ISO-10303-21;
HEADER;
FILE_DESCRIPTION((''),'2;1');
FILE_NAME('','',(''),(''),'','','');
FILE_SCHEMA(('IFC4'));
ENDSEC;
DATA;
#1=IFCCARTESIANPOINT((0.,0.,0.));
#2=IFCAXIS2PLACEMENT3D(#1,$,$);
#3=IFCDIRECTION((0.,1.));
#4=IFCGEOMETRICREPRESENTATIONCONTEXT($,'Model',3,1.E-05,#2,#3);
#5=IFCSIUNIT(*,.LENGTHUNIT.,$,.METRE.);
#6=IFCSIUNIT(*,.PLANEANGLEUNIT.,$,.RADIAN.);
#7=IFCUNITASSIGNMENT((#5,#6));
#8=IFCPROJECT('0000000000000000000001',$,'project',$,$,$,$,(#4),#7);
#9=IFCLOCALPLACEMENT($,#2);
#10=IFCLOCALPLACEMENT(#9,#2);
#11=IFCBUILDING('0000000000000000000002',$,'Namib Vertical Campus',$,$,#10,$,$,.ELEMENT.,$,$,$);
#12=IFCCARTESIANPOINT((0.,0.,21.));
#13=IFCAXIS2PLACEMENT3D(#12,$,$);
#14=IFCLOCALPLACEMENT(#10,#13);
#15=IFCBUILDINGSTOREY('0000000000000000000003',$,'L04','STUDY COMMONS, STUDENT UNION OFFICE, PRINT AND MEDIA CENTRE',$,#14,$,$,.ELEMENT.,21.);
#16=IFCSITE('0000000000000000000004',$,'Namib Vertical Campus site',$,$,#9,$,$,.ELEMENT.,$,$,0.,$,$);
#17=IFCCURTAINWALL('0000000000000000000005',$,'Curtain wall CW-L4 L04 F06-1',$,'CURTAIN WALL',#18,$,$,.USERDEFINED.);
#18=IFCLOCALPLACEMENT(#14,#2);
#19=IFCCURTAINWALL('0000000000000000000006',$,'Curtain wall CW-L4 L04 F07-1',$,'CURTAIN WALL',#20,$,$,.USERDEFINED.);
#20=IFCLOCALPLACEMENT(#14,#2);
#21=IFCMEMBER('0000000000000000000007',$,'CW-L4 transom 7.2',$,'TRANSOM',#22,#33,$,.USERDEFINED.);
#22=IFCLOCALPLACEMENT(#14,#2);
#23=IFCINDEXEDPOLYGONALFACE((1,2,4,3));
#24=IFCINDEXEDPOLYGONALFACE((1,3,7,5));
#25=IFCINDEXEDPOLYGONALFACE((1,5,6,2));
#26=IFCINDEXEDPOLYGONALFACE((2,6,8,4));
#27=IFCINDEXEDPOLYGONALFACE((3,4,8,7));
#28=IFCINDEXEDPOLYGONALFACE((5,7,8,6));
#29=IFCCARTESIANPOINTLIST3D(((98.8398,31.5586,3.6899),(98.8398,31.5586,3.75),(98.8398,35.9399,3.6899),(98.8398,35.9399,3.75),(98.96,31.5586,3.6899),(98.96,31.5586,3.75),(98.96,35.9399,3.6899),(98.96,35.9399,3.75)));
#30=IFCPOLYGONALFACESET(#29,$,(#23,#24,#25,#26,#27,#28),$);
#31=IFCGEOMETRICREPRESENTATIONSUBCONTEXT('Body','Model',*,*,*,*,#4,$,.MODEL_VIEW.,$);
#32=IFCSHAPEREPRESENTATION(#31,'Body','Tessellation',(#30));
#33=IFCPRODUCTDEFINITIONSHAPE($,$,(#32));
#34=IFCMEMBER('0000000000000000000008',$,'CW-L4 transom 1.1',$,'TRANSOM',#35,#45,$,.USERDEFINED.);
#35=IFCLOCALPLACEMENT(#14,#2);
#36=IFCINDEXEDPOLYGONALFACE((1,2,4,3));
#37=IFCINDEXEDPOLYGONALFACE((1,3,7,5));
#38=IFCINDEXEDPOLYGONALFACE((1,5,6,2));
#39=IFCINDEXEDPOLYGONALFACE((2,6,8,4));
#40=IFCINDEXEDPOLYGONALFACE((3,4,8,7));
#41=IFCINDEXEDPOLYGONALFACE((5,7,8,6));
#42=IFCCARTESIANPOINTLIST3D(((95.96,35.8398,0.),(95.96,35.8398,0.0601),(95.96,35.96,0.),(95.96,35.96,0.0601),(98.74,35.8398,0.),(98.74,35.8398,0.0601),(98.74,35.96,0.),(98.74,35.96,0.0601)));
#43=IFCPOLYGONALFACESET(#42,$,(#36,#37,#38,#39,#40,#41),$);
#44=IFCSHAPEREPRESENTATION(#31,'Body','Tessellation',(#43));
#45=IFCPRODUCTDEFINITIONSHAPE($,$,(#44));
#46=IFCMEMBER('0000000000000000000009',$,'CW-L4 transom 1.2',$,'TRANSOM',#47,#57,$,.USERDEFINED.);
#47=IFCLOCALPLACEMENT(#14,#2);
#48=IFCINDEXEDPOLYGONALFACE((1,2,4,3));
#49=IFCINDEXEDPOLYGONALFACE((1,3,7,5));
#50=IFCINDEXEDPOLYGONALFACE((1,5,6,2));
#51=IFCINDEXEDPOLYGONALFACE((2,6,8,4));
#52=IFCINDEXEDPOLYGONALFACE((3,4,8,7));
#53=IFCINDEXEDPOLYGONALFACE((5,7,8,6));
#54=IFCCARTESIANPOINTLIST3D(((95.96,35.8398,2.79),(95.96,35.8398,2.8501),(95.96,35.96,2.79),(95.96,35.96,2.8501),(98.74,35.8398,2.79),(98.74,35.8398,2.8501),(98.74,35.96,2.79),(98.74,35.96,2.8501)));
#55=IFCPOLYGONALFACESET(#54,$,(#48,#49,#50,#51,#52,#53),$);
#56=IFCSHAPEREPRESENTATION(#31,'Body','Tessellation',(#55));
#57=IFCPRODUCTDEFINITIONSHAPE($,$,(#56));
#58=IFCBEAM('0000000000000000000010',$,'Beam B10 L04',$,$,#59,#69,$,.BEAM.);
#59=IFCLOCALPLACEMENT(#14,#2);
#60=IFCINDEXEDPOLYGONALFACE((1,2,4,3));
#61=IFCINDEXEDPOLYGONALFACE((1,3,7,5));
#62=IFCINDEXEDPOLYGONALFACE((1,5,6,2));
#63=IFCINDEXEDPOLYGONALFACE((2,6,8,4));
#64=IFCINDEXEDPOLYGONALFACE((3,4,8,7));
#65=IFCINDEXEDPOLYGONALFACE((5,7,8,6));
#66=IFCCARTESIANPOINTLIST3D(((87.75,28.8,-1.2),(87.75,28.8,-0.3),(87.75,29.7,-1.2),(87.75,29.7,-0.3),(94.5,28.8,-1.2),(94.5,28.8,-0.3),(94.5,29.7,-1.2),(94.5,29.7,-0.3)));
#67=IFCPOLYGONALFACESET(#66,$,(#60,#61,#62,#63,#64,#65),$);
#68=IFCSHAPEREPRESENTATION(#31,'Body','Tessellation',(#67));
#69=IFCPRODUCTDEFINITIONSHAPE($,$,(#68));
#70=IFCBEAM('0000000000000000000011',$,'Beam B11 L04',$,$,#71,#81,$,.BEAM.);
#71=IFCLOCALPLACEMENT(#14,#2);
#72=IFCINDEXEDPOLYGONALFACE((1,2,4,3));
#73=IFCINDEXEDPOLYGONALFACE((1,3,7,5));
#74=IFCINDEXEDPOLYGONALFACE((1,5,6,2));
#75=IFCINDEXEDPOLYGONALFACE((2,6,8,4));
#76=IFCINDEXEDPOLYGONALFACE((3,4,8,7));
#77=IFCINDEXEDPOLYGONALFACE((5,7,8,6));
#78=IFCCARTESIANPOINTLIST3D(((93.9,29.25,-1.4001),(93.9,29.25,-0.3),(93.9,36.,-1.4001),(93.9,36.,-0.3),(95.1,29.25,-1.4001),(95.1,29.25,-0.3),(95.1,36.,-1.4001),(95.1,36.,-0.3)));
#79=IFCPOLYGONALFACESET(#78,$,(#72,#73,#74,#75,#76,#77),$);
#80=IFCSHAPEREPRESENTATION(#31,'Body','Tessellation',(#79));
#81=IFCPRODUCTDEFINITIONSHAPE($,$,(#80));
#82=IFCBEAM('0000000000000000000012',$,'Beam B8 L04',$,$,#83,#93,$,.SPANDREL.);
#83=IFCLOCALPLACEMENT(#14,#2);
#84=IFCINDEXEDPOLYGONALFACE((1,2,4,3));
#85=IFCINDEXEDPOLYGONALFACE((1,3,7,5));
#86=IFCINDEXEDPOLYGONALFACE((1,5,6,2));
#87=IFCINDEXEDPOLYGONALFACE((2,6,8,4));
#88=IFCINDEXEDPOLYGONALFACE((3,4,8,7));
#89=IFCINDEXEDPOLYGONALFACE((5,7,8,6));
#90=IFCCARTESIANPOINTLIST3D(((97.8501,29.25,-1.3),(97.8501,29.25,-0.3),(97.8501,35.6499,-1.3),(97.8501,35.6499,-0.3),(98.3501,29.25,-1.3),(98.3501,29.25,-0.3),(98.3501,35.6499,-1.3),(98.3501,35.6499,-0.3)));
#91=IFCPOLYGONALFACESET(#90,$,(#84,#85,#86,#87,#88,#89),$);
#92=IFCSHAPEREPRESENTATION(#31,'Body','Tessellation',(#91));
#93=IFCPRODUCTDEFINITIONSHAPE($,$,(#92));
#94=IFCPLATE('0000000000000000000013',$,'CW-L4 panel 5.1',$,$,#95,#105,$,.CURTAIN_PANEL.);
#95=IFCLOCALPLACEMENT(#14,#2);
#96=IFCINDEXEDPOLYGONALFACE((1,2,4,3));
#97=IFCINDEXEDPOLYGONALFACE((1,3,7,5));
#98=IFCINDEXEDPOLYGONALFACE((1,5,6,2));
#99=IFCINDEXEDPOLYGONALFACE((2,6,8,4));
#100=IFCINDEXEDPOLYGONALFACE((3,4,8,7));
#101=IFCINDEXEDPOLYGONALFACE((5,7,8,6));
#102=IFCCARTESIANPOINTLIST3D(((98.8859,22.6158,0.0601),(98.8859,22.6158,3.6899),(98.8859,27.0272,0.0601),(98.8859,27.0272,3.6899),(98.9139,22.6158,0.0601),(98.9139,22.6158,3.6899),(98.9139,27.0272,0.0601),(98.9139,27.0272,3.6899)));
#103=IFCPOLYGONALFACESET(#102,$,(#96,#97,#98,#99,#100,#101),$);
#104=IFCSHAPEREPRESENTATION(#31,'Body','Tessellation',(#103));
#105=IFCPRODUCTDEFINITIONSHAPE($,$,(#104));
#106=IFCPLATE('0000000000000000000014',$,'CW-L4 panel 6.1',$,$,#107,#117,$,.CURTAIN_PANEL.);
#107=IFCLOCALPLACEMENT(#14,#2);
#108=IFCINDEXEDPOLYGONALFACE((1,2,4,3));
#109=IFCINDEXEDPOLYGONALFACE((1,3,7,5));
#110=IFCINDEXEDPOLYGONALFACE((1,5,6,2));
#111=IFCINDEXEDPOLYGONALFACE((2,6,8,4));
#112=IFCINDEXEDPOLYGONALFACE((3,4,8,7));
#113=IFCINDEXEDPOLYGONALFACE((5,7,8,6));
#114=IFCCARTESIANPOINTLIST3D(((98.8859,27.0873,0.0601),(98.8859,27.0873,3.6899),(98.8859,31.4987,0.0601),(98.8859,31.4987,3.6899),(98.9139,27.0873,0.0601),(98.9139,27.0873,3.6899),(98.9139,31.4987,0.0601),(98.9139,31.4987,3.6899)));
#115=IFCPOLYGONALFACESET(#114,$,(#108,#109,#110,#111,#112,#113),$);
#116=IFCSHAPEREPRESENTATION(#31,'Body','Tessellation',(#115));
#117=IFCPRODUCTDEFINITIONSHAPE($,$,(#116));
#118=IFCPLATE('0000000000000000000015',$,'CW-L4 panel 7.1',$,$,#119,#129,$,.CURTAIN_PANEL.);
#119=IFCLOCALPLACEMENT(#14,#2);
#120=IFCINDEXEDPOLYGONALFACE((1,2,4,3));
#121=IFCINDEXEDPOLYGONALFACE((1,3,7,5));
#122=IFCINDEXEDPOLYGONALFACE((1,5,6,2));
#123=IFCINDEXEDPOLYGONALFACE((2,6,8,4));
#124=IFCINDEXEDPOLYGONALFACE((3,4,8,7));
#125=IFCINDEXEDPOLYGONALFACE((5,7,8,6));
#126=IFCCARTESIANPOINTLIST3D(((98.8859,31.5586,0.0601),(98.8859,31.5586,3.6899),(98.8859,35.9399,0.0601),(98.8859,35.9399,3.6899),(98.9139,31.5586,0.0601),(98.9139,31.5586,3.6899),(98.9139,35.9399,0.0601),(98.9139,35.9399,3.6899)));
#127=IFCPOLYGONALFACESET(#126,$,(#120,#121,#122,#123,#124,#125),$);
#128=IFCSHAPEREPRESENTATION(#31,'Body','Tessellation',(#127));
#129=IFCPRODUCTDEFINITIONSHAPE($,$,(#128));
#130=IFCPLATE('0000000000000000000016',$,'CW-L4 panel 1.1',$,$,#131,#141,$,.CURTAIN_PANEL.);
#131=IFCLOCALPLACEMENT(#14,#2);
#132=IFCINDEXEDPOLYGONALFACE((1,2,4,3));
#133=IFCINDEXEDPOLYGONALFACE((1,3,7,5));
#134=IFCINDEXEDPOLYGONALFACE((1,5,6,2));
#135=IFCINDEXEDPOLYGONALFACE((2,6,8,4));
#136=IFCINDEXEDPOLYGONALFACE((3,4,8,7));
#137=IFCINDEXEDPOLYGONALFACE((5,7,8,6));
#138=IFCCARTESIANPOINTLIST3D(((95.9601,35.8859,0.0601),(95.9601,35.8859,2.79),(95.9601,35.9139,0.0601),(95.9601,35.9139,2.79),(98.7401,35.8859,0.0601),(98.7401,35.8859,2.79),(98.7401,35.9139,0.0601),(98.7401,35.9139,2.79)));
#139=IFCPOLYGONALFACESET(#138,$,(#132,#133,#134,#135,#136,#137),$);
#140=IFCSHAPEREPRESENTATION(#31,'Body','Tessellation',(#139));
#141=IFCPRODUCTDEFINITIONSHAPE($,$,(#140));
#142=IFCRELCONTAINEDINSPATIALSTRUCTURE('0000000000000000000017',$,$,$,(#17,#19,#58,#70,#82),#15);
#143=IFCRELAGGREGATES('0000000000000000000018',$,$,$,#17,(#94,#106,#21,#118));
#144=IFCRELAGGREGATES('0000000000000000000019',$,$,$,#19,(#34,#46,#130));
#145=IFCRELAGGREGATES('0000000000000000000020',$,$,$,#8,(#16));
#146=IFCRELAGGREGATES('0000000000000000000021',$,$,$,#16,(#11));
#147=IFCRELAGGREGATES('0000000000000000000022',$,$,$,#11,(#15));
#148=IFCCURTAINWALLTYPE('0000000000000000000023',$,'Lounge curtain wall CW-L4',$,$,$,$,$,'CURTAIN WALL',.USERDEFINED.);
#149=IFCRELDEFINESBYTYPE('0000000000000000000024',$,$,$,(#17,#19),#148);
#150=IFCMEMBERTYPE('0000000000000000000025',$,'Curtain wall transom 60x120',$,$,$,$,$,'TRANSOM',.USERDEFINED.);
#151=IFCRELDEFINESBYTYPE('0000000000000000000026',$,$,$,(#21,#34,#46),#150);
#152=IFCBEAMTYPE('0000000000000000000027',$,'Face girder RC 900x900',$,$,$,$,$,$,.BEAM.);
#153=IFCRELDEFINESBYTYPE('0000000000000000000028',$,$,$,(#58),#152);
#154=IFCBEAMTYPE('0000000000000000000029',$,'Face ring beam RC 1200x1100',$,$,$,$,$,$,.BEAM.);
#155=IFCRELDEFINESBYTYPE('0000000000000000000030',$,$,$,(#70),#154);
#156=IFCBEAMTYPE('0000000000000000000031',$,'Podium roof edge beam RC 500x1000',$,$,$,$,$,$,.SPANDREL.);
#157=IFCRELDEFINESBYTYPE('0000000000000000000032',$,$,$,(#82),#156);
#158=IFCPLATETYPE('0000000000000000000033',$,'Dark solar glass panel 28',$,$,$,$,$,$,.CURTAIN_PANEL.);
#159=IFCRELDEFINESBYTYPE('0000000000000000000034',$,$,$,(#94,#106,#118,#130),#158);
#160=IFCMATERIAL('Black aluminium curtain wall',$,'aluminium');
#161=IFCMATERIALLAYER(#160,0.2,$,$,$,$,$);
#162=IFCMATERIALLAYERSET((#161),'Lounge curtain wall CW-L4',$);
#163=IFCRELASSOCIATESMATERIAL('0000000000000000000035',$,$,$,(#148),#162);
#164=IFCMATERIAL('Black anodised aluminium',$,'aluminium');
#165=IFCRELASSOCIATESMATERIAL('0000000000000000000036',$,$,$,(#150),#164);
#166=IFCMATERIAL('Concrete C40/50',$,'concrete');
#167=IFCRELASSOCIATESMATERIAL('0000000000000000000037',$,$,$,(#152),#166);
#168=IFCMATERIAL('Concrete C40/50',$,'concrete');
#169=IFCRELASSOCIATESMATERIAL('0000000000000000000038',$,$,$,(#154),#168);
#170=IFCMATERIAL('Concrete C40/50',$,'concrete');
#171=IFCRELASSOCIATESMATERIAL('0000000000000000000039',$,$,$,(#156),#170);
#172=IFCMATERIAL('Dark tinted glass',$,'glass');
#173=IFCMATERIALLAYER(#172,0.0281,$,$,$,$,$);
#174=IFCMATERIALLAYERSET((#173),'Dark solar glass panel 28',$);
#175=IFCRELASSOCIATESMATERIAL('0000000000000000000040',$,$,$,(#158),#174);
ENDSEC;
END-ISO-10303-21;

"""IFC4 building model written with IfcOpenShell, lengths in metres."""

from ifc_helpers import new_model, si_unit, direction, frame, origin, origin_2d, place, context, subcontext, project, spatial, rectangle, extrude, material, layer, layer_set, material_profile, profile_set, type_object, element, aggregate, save


model = new_model("IFC4")

# Units and contexts
model_context = context("Model", 3, precision=1e-05, world=origin(), true_north=direction((0.0, 1.0)))
body_context = subcontext(model_context, "Body", "Model", "MODEL_VIEW")
ifc_project = project(units=[si_unit("LENGTHUNIT", "METRE"), si_unit("PLANEANGLEUNIT", "RADIAN")], contexts=[model_context])

# Site, building, storey
site_placement = place(None, origin())
site = spatial("IfcSite", under=ifc_project, at=site_placement, Name="Namib Vertical Campus site", CompositionType="ELEMENT", RefElevation=0.0)
building_placement = place(site_placement, origin())
building = spatial("IfcBuilding", under=site, at=building_placement, Name="Namib Vertical Campus", CompositionType="ELEMENT")
storey_placement = place(building_placement, frame((0.0, 0.0, 21.0)))
storey = spatial("IfcBuildingStorey", under=building, at=storey_placement, Name="L04", Description="STUDY COMMONS, STUDENT UNION OFFICE, PRINT AND MEDIA CENTRE", CompositionType="ELEMENT", Elevation=21.0)

# Curtain walls
ifc_material_1 = material(Name="Black aluminium curtain wall", Category="aluminium")
ifc_layer_1 = layer(ifc_material_1, 0.2)
ifc_layer_set_1 = layer_set([ifc_layer_1], Name="Lounge curtain wall CW-L4")
curtain_wall_type = type_object("IfcCurtainWallType", Name="Lounge curtain wall CW-L4", ElementType="CURTAIN WALL", PredefinedType="USERDEFINED", material=ifc_layer_set_1)
curtain_wall_1_placement = place(storey_placement, origin())
curtain_wall_1 = element("IfcCurtainWall", 1, at=curtain_wall_1_placement, inside=storey, type_object=curtain_wall_type, Name="Curtain wall CW-L4 L04 F06-1", ObjectType="CURTAIN WALL", PredefinedType="USERDEFINED")
curtain_wall_2_placement = place(storey_placement, origin())
curtain_wall_2 = element("IfcCurtainWall", 2, at=curtain_wall_2_placement, inside=storey, type_object=curtain_wall_type, Name="Curtain wall CW-L4 L04 F07-1", ObjectType="CURTAIN WALL", PredefinedType="USERDEFINED")

# Members
ifc_material_2 = material(Name="Black anodised aluminium", Category="aluminium")
ifc_material_profile_1 = material_profile(ifc_material_2, rectangle(XDim=0.0601, YDim=0.1201, at=origin_2d()))
ifc_profile_set_1 = profile_set([ifc_material_profile_1], Name="Black anodised aluminium")
member_type_1 = type_object("IfcMemberType", Name="Curtain wall transom 60x120", ElementType="TRANSOM", PredefinedType="USERDEFINED", material=ifc_profile_set_1)
member_1_placement = place(storey_placement, frame((98.8999, 31.5586, 3.72), z_axis=(0.0, 1.0, 0.0), x_axis=(0.0, 0.0, 1.0)))
member_1 = element("IfcMember", 3, at=member_1_placement, type_object=member_type_1, Name="CW-L4 transom 7.2", ObjectType="TRANSOM", PredefinedType="USERDEFINED", context=body_context, shape_type="SweptSolid", body=[
    extrude(rectangle(XDim=0.0601, YDim=0.1201, at=origin_2d()), origin(), (0.0, 0.0, 1.0), 4.3813),
])
member_2_placement = place(storey_placement, frame((98.74, 35.8999, 0.03), z_axis=(-1.0, 0.0, 0.0), x_axis=(0.0, 0.0, 1.0)))
member_2 = element("IfcMember", 4, at=member_2_placement, type_object=member_type_1, Name="CW-L4 transom 1.1", ObjectType="TRANSOM", PredefinedType="USERDEFINED", context=body_context, shape_type="SweptSolid", body=[
    extrude(rectangle(XDim=0.0601, YDim=0.1201, at=origin_2d()), origin(), (0.0, 0.0, 1.0), 2.78),
])
member_3_placement = place(storey_placement, frame((98.74, 35.8999, 2.8201), z_axis=(-1.0, 0.0, 0.0), x_axis=(0.0, 0.0, 1.0)))
member_3 = element("IfcMember", 5, at=member_3_placement, type_object=member_type_1, Name="CW-L4 transom 1.2", ObjectType="TRANSOM", PredefinedType="USERDEFINED", context=body_context, shape_type="SweptSolid", body=[
    extrude(rectangle(XDim=0.0601, YDim=0.1201, at=origin_2d()), origin(), (0.0, 0.0, 1.0), 2.78),
])

# Beams
ifc_material_3 = material(Name="Concrete C40/50", Category="concrete")
ifc_material_profile_2 = material_profile(ifc_material_3, rectangle(XDim=0.8999, YDim=0.8999, at=origin_2d()))
ifc_profile_set_2 = profile_set([ifc_material_profile_2], Name="Concrete C40/50")
beam_type_1 = type_object("IfcBeamType", Name="Face girder RC 900x900", PredefinedType="BEAM", material=ifc_profile_set_2)
beam_1_placement = place(storey_placement, frame((94.5, 29.25, -0.75), z_axis=(-1.0, 0.0, 0.0), x_axis=(0.0, -1.0, 0.0)))
element("IfcBeam", 6, at=beam_1_placement, inside=storey, type_object=beam_type_1, Name="Beam B10 L04", PredefinedType="BEAM", context=body_context, shape_type="SweptSolid", body=[
    extrude(rectangle(XDim=0.8999, YDim=0.8999, at=origin_2d()), origin(), (0.0, 0.0, 1.0), 6.75),
])
ifc_material_4 = material(Name="Concrete C40/50", Category="concrete")
ifc_material_profile_3 = material_profile(ifc_material_4, rectangle(XDim=1.2, YDim=1.1001, at=origin_2d()))
ifc_profile_set_3 = profile_set([ifc_material_profile_3], Name="Concrete C40/50")
beam_type_2 = type_object("IfcBeamType", Name="Face ring beam RC 1200x1100", PredefinedType="BEAM", material=ifc_profile_set_3)
beam_2_placement = place(storey_placement, frame((94.5, 29.25, -0.8501), z_axis=(0.0, 1.0, 0.0), x_axis=(-1.0, 0.0, 0.0)))
element("IfcBeam", 7, at=beam_2_placement, inside=storey, type_object=beam_type_2, Name="Beam B11 L04", PredefinedType="BEAM", context=body_context, shape_type="SweptSolid", body=[
    extrude(rectangle(XDim=1.2, YDim=1.1001, at=origin_2d()), origin(), (0.0, 0.0, 1.0), 6.75),
])
ifc_material_5 = material(Name="Concrete C40/50", Category="concrete")
ifc_material_profile_4 = material_profile(ifc_material_5, rectangle(XDim=0.5, YDim=1.0, at=origin_2d()))
ifc_profile_set_4 = profile_set([ifc_material_profile_4], Name="Concrete C40/50")
beam_type_3 = type_object("IfcBeamType", Name="Podium roof edge beam RC 500x1000", PredefinedType="SPANDREL", material=ifc_profile_set_4)
beam_3_placement = place(storey_placement, frame((98.1001, 29.25, -0.8), z_axis=(0.0, 1.0, 0.0), x_axis=(-1.0, 0.0, 0.0)))
element("IfcBeam", 8, at=beam_3_placement, inside=storey, type_object=beam_type_3, Name="Beam B8 L04", PredefinedType="SPANDREL", context=body_context, shape_type="SweptSolid", body=[
    extrude(rectangle(XDim=0.5, YDim=1.0, at=origin_2d()), origin(), (0.0, 0.0, 1.0), 6.3999),
])

# Plates
ifc_material_6 = material(Name="Dark tinted glass", Category="glass")
ifc_layer_2 = layer(ifc_material_6, 0.0281)
ifc_layer_set_2 = layer_set([ifc_layer_2], Name="Dark solar glass panel 28")
plate_type = type_object("IfcPlateType", Name="Dark solar glass panel 28", PredefinedType="CURTAIN_PANEL", material=ifc_layer_set_2)
plate_1_placement = place(storey_placement, frame((98.8999, 24.8215, 0.0601), z_axis=(0.0, 0.0, 1.0), x_axis=(0.0, 1.0, 0.0)))
plate_1 = element("IfcPlate", 9, at=plate_1_placement, type_object=plate_type, Name="CW-L4 panel 5.1", PredefinedType="CURTAIN_PANEL", context=body_context, shape_type="SweptSolid", body=[
    extrude(rectangle(XDim=4.4114, YDim=0.0281, at=origin_2d()), origin(), (0.0, 0.0, 1.0), 3.6299),
])
plate_2_placement = place(storey_placement, frame((98.8999, 29.293, 0.0601), z_axis=(0.0, 0.0, 1.0), x_axis=(0.0, 1.0, 0.0)))
plate_2 = element("IfcPlate", 10, at=plate_2_placement, type_object=plate_type, Name="CW-L4 panel 6.1", PredefinedType="CURTAIN_PANEL", context=body_context, shape_type="SweptSolid", body=[
    extrude(rectangle(XDim=4.4114, YDim=0.0281, at=origin_2d()), origin(), (0.0, 0.0, 1.0), 3.6299),
])
plate_3_placement = place(storey_placement, frame((98.8999, 33.7493, 0.0601), z_axis=(0.0, 0.0, 1.0), x_axis=(0.0, 1.0, 0.0)))
plate_3 = element("IfcPlate", 11, at=plate_3_placement, type_object=plate_type, Name="CW-L4 panel 7.1", PredefinedType="CURTAIN_PANEL", context=body_context, shape_type="SweptSolid", body=[
    extrude(rectangle(XDim=4.3813, YDim=0.0281, at=origin_2d()), origin(), (0.0, 0.0, 1.0), 3.6299),
])
aggregate(curtain_wall_1, [plate_1, plate_2, member_1, plate_3])
plate_4_placement = place(storey_placement, frame((97.3501, 35.8999, 0.0601), z_axis=(0.0, 0.0, 1.0), x_axis=(-1.0, 0.0, 0.0)))
plate_4 = element("IfcPlate", 12, at=plate_4_placement, type_object=plate_type, Name="CW-L4 panel 1.1", PredefinedType="CURTAIN_PANEL", context=body_context, shape_type="SweptSolid", body=[
    extrude(rectangle(XDim=2.78, YDim=0.0281, at=origin_2d()), origin(), (0.0, 0.0, 1.0), 2.73),
])
aggregate(curtain_wall_2, [member_2, member_3, plate_4])

save(model, "model.ifc")
